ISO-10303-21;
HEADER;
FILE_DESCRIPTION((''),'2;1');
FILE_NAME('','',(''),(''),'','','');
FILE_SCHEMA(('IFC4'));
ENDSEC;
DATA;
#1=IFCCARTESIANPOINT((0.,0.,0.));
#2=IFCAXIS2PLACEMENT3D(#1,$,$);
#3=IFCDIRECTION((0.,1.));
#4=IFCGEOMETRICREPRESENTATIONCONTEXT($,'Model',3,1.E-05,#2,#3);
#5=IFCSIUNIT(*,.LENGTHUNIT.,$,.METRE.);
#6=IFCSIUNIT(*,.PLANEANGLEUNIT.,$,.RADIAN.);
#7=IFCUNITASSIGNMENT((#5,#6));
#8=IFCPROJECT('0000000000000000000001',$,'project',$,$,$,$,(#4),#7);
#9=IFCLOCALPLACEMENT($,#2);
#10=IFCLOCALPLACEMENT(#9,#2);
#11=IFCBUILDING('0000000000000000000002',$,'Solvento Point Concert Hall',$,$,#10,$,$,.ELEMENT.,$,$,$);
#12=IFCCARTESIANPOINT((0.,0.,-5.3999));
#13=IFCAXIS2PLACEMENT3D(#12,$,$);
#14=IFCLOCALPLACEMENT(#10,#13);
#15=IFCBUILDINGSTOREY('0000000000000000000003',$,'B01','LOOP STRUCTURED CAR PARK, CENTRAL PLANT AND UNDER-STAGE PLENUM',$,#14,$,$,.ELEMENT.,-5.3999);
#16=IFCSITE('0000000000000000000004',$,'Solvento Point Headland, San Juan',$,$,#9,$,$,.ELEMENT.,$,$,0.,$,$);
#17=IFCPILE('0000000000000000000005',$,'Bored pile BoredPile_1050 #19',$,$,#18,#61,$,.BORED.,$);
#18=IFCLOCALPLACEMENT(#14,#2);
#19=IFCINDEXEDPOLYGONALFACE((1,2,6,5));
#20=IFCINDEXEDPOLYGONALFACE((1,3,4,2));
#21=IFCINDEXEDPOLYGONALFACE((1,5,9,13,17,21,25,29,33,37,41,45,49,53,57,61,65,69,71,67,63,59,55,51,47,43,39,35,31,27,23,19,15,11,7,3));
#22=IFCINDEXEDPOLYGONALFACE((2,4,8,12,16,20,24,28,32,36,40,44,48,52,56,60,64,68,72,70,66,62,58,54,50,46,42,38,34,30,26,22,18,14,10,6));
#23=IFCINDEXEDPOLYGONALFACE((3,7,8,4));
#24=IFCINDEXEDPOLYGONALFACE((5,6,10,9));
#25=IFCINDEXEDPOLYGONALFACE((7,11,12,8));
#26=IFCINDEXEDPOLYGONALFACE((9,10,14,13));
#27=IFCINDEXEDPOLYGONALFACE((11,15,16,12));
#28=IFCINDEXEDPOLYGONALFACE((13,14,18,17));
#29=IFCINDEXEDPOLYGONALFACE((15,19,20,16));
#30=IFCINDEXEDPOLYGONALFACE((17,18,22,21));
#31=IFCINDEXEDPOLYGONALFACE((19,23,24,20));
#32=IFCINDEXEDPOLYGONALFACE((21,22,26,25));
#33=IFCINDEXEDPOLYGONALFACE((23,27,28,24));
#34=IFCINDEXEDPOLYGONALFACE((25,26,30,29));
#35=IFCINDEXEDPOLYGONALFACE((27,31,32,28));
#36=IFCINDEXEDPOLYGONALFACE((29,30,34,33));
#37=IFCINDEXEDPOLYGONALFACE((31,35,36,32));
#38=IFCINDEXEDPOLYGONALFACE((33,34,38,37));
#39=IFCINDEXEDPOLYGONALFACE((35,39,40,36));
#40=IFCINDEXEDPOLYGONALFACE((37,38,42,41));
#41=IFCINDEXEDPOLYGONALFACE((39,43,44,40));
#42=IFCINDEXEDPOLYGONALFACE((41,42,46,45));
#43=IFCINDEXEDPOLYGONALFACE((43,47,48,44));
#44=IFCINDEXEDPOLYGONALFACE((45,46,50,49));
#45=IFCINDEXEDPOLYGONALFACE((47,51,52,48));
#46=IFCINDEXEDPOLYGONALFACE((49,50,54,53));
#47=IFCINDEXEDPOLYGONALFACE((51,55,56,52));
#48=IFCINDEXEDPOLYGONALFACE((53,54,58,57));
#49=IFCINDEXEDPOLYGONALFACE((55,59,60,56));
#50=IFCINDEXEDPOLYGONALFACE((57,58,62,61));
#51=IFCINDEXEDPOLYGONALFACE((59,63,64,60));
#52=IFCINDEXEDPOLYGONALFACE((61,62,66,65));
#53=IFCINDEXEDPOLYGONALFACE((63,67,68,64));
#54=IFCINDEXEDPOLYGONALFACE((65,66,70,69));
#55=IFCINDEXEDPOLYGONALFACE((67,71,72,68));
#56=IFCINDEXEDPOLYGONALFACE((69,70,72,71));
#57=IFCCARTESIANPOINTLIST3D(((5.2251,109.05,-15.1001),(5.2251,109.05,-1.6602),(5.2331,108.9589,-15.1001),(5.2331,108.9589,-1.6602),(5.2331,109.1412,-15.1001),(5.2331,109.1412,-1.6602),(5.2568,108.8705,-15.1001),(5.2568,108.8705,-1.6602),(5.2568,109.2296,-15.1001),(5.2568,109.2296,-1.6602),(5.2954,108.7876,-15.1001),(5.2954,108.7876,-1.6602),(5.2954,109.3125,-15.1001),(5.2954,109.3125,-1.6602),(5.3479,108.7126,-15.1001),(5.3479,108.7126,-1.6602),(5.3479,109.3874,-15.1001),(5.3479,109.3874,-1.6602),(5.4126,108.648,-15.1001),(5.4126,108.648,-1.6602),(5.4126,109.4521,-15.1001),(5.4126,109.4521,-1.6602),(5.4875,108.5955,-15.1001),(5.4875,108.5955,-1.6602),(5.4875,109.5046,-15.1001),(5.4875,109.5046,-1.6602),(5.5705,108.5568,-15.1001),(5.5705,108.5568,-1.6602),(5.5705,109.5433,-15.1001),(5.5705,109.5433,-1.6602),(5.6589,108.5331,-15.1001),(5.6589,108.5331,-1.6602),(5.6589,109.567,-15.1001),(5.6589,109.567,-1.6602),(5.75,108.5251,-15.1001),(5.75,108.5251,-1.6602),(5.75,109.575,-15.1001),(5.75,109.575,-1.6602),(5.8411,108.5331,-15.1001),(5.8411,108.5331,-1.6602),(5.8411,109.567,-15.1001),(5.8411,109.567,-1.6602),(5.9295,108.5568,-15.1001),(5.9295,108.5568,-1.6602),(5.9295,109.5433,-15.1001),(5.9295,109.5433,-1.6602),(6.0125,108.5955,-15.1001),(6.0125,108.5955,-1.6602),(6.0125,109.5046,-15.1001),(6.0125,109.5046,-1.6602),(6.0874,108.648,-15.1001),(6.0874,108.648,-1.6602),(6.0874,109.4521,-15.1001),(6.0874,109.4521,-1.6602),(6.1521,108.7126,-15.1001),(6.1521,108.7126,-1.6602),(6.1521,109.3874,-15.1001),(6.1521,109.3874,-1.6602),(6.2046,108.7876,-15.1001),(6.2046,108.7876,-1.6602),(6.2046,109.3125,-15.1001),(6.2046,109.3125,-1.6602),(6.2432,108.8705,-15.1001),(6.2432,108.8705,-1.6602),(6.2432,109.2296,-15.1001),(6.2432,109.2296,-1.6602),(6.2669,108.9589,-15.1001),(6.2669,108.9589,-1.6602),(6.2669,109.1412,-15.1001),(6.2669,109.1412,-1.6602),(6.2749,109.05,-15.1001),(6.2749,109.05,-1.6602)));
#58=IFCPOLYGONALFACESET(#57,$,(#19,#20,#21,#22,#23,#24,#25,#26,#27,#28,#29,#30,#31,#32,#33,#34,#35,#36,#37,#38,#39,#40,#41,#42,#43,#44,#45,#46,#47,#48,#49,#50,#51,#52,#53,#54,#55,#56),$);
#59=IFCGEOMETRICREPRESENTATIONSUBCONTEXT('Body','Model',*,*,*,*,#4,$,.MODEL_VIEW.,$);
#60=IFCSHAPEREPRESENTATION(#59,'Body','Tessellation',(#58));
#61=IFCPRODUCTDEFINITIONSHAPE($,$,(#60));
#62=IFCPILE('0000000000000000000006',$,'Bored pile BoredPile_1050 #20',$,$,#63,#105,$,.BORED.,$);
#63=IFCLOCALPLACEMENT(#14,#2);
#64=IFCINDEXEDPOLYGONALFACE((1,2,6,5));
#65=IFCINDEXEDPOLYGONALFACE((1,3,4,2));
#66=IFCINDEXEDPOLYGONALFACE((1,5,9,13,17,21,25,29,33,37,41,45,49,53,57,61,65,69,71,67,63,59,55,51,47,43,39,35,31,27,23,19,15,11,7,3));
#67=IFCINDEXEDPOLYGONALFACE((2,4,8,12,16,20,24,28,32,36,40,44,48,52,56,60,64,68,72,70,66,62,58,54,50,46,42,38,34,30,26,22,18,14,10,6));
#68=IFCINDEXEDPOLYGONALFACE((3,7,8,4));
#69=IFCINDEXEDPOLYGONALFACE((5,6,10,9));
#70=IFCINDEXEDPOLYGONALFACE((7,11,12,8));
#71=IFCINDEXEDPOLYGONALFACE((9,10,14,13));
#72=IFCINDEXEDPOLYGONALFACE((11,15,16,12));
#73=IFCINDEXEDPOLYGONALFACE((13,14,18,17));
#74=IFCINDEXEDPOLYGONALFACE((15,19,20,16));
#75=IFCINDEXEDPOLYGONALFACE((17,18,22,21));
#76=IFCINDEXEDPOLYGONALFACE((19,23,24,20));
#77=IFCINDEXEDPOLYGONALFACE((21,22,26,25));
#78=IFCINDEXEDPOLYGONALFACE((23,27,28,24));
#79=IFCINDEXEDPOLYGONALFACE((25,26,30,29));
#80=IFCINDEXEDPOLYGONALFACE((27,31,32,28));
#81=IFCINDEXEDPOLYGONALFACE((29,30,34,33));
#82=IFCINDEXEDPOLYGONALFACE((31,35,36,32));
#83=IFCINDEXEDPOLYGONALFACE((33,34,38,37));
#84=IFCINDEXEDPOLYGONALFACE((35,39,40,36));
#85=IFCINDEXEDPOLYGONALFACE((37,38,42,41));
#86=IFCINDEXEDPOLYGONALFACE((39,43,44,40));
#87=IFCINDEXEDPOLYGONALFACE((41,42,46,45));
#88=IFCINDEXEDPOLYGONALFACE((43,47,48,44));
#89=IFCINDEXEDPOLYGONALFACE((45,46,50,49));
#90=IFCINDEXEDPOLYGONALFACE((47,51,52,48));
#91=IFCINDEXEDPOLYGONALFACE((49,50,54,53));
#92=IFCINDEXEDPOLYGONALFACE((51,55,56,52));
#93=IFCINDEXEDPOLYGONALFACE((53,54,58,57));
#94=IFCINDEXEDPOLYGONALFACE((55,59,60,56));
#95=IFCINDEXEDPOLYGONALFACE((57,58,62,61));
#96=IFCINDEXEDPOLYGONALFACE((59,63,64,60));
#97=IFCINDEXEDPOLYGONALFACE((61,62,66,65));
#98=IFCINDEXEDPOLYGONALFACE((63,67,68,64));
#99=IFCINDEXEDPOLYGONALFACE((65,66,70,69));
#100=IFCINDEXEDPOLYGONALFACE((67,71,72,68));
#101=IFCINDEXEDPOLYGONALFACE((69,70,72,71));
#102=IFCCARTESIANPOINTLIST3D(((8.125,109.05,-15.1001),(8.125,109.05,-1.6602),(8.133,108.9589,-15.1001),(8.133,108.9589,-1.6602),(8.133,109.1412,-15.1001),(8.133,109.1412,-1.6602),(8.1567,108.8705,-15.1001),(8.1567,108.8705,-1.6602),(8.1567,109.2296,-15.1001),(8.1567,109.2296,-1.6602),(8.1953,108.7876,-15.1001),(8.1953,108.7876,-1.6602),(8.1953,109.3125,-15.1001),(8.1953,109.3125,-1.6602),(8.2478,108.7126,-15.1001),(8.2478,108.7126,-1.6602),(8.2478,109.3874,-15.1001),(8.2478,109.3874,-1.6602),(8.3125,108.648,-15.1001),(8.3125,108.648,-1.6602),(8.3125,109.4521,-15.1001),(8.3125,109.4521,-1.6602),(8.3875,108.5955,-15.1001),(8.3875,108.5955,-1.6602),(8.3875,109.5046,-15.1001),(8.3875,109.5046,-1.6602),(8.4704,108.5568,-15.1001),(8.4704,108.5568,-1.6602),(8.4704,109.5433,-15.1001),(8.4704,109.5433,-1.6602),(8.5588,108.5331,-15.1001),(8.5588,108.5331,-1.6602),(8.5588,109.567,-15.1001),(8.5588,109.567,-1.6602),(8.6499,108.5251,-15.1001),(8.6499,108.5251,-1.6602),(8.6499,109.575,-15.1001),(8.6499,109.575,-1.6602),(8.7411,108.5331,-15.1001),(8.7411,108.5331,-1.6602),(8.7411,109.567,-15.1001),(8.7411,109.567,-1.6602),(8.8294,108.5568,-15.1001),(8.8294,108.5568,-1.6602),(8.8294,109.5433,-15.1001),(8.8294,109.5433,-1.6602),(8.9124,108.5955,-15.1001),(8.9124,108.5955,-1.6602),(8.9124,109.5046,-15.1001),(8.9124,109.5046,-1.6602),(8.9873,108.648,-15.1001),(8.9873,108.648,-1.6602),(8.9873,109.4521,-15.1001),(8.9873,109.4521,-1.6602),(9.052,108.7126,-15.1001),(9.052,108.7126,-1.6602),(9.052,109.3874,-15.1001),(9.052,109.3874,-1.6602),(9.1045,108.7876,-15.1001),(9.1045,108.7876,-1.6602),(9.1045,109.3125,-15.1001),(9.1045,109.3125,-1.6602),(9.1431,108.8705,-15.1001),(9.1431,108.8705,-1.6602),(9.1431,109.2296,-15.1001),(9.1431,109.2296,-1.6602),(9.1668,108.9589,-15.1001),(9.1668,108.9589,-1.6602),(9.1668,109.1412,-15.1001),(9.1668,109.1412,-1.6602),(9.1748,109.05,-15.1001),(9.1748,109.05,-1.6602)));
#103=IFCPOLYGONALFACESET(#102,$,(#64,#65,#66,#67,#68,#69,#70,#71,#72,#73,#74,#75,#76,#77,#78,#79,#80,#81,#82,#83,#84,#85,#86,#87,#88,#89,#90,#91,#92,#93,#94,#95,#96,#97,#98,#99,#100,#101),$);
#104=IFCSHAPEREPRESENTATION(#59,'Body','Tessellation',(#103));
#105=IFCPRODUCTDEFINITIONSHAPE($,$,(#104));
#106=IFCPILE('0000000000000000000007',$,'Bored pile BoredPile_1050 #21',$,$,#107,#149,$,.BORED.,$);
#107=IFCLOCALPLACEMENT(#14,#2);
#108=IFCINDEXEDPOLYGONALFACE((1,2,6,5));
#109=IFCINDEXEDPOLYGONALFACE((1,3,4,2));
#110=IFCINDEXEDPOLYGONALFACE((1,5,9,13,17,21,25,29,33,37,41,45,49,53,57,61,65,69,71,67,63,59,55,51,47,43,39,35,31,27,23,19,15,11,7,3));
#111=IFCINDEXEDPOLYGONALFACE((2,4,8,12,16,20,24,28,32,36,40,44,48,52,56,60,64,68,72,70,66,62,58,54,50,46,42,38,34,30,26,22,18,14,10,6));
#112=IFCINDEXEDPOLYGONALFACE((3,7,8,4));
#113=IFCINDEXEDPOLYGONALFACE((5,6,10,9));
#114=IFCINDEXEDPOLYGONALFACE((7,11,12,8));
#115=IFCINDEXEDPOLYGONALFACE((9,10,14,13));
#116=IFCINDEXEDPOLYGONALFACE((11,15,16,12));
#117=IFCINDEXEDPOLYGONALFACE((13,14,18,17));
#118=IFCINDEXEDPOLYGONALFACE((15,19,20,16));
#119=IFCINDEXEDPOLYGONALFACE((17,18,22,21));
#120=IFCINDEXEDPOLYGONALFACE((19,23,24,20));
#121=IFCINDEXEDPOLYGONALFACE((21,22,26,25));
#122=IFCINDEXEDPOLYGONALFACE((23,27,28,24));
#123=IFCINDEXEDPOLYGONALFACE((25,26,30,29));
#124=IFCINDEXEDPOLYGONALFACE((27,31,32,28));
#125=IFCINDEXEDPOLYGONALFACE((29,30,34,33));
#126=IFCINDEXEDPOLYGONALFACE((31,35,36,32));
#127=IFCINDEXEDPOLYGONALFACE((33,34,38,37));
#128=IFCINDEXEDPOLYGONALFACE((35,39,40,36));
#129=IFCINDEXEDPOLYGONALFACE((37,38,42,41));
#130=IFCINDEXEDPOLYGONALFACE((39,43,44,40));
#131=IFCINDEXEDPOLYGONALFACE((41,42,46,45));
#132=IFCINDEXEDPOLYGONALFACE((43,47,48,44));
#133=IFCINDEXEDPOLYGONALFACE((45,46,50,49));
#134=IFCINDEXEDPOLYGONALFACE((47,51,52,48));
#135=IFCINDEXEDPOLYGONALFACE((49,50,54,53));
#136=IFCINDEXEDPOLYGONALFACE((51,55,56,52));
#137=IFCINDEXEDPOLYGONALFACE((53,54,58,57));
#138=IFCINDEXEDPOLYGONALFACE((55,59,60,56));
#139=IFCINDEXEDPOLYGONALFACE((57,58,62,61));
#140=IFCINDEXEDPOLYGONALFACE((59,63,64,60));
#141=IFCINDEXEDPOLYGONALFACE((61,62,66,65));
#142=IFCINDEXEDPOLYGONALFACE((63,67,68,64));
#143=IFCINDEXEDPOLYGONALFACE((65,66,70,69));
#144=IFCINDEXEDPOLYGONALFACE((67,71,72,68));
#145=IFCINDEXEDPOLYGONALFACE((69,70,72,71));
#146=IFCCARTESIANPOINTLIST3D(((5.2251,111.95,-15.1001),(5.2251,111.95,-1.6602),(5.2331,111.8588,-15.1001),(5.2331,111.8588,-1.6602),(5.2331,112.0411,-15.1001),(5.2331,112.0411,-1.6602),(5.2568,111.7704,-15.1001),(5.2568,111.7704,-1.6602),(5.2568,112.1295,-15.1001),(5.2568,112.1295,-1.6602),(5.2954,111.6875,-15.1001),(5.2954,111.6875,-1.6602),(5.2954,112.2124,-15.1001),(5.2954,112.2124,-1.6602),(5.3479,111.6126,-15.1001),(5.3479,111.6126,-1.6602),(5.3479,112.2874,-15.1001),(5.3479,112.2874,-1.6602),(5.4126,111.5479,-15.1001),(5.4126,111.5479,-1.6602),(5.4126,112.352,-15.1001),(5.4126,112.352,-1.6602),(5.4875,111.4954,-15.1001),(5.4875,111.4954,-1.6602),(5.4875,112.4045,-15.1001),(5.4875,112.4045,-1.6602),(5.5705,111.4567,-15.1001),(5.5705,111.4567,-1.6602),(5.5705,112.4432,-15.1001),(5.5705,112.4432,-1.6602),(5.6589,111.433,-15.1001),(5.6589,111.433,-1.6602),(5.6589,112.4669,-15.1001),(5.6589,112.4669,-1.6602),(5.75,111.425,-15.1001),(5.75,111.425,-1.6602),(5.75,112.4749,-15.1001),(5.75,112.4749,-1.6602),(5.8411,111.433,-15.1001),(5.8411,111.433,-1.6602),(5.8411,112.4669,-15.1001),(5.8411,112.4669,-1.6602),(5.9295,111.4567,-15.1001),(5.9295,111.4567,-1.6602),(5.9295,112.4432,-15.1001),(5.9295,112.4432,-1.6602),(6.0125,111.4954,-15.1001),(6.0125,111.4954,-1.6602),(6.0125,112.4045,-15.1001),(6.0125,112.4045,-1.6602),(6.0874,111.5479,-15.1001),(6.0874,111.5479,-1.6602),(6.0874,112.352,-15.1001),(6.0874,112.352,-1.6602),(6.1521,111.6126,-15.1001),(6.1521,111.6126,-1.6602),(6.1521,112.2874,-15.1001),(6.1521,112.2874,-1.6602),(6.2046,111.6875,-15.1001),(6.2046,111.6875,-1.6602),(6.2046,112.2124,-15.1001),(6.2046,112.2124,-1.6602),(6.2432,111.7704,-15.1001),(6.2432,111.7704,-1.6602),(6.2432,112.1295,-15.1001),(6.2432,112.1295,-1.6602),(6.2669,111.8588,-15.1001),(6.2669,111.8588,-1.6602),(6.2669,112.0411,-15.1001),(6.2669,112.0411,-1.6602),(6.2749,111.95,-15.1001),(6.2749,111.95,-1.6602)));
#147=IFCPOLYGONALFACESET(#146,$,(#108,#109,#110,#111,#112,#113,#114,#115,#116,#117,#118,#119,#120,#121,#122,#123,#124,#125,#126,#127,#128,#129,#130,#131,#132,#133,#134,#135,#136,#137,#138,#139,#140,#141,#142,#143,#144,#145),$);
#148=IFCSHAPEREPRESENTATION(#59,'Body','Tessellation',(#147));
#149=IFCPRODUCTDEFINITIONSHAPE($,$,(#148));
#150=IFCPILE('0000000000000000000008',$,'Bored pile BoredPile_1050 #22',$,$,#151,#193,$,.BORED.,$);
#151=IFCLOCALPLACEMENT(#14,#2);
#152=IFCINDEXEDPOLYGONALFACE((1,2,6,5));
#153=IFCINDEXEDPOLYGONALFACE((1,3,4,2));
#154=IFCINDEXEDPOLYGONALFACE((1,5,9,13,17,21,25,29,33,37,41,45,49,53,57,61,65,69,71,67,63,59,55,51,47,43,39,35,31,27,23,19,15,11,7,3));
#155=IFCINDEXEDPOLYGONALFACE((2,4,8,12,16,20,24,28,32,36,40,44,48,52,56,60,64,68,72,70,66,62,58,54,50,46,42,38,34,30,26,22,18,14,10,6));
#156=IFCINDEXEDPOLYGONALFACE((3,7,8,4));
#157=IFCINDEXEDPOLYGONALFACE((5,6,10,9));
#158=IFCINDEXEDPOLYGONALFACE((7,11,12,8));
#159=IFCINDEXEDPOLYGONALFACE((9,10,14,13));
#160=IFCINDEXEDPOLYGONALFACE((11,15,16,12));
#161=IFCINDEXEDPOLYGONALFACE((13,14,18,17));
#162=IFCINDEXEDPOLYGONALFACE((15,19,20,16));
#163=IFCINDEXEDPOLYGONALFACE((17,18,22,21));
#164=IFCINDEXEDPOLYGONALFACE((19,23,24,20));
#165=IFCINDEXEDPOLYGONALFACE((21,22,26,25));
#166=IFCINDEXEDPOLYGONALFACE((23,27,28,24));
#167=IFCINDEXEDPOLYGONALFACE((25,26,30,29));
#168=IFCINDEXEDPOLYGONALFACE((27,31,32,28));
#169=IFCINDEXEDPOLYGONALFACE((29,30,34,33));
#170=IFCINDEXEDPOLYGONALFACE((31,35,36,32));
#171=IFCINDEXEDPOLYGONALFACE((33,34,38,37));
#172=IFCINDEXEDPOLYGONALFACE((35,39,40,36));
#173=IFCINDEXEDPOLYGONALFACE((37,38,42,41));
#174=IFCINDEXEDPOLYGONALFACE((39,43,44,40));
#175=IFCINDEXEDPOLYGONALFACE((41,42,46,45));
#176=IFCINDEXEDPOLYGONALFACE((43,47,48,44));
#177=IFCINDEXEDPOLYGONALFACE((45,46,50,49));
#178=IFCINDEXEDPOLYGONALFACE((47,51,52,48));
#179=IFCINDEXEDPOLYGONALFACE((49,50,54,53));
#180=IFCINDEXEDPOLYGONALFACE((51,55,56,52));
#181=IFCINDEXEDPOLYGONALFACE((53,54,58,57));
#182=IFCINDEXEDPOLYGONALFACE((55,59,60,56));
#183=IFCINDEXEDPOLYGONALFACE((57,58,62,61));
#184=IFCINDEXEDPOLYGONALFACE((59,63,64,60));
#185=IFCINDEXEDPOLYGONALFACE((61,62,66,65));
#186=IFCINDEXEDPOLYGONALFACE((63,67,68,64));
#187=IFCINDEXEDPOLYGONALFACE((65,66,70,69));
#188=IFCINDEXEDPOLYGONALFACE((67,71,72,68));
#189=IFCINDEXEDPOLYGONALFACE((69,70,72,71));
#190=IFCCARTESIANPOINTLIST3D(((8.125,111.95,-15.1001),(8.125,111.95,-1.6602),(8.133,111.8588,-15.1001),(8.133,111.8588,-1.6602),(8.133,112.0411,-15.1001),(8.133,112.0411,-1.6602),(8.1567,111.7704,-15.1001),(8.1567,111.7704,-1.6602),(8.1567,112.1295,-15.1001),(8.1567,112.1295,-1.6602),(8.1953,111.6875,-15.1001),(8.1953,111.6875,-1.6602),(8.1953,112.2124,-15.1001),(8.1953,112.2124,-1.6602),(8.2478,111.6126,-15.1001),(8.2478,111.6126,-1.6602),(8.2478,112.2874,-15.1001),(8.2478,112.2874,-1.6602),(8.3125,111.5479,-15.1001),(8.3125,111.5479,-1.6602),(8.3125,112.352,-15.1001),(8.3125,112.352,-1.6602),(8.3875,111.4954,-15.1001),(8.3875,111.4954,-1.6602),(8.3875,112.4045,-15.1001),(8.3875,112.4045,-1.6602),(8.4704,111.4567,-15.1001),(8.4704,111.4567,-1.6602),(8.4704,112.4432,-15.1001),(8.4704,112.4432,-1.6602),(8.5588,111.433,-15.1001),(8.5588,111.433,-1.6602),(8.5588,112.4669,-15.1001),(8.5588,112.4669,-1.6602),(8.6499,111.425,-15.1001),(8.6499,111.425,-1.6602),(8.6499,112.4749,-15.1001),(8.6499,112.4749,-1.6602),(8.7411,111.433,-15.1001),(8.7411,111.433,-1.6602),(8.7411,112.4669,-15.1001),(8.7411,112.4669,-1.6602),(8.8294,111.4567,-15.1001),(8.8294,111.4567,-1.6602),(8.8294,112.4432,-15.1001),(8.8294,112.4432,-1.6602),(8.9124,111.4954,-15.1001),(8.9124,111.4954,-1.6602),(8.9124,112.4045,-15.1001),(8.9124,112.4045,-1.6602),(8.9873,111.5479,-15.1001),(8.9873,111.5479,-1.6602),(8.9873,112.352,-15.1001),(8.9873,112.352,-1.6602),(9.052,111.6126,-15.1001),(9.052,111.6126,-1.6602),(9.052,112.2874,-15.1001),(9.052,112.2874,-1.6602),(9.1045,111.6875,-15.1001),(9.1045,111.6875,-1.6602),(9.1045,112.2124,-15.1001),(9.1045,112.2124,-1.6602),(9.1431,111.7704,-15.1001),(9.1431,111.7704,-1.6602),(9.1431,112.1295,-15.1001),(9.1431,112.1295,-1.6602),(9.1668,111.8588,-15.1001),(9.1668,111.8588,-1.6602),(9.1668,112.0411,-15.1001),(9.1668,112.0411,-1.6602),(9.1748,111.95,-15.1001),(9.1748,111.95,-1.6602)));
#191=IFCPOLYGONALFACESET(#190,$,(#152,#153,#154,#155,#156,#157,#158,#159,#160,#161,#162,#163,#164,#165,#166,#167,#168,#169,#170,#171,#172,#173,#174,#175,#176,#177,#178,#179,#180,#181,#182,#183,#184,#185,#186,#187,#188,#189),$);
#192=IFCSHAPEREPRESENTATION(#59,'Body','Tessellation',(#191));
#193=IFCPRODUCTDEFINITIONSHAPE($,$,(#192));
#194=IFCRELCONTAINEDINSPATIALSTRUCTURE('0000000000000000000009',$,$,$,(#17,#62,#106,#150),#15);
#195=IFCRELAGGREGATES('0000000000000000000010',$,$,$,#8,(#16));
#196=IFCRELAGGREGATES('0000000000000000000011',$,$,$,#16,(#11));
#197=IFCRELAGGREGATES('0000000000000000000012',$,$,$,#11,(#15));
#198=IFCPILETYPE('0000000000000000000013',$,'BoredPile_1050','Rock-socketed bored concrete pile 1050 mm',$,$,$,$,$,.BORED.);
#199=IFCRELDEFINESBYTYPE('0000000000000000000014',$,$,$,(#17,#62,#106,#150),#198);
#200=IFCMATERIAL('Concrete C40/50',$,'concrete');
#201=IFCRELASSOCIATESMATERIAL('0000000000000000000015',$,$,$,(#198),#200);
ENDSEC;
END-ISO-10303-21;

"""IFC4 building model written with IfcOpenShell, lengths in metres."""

from ifc_helpers import new_model, si_unit, direction, frame, origin, origin_2d, place, context, subcontext, project, spatial, circle, extrude, material, material_profile, profile_set, type_object, element, save


model = new_model("IFC4")

# Units and contexts
model_context = context("Model", 3, precision=1e-05, world=origin(), true_north=direction((0.0, 1.0)))
body_context = subcontext(model_context, "Body", "Model", "MODEL_VIEW")
ifc_project = project(units=[si_unit("LENGTHUNIT", "METRE"), si_unit("PLANEANGLEUNIT", "RADIAN")], contexts=[model_context])

# Site, building, storey
site_placement = place(None, origin())
site = spatial("IfcSite", under=ifc_project, at=site_placement, Name="Solvento Point Headland, San Juan", CompositionType="ELEMENT", RefElevation=0.0)
building_placement = place(site_placement, origin())
building = spatial("IfcBuilding", under=site, at=building_placement, Name="Solvento Point Concert Hall", CompositionType="ELEMENT")
storey_placement = place(building_placement, frame((0.0, 0.0, -5.3999)))
storey = spatial("IfcBuildingStorey", under=building, at=storey_placement, Name="B01", Description="LOOP STRUCTURED CAR PARK, CENTRAL PLANT AND UNDER-STAGE PLENUM", CompositionType="ELEMENT", Elevation=-5.3999)

# Piles
ifc_material_1 = material(Name="Concrete C40/50", Category="concrete")
ifc_material_profile_1 = material_profile(ifc_material_1, circle(Radius=0.5249, at=origin_2d()), Name="BP-1050")
ifc_profile_set_1 = profile_set([ifc_material_profile_1], Name="Concrete C40/50")
pile_type_1 = type_object("IfcPileType", Name="BoredPile_1050", Description="Rock-socketed bored concrete pile 1050 mm", PredefinedType="BORED", material=ifc_profile_set_1)
for number, where, z_axis, x_axis, name in (
    (1, (5.75, 109.05, -1.6602), (0.0, 0.0, -1.0), (1.0, 0.0, 0.0), "Bored pile BoredPile_1050 #19"),
    (2, (8.6499, 109.05, -1.6602), (0.0, 0.0, -1.0), (1.0, 0.0, 0.0), "Bored pile BoredPile_1050 #20"),
    (3, (5.75, 111.95, -1.6602), (0.0, 0.0, -1.0), (1.0, 0.0, 0.0), "Bored pile BoredPile_1050 #21"),
    (4, (8.6499, 111.95, -1.6602), (0.0, 0.0, -1.0), (1.0, 0.0, 0.0), "Bored pile BoredPile_1050 #22"),
):
    element("IfcPile", number, at=place(storey_placement, frame(where, z_axis=z_axis, x_axis=x_axis)), inside=storey, type_object=pile_type_1, Name=name, PredefinedType="BORED", context=body_context, shape_type="SweptSolid", body=[
        extrude(circle(Radius=0.5249, at=origin_2d()), origin(), (0.0, 0.0, 1.0), 13.4399),
    ])

save(model, "model.ifc")
